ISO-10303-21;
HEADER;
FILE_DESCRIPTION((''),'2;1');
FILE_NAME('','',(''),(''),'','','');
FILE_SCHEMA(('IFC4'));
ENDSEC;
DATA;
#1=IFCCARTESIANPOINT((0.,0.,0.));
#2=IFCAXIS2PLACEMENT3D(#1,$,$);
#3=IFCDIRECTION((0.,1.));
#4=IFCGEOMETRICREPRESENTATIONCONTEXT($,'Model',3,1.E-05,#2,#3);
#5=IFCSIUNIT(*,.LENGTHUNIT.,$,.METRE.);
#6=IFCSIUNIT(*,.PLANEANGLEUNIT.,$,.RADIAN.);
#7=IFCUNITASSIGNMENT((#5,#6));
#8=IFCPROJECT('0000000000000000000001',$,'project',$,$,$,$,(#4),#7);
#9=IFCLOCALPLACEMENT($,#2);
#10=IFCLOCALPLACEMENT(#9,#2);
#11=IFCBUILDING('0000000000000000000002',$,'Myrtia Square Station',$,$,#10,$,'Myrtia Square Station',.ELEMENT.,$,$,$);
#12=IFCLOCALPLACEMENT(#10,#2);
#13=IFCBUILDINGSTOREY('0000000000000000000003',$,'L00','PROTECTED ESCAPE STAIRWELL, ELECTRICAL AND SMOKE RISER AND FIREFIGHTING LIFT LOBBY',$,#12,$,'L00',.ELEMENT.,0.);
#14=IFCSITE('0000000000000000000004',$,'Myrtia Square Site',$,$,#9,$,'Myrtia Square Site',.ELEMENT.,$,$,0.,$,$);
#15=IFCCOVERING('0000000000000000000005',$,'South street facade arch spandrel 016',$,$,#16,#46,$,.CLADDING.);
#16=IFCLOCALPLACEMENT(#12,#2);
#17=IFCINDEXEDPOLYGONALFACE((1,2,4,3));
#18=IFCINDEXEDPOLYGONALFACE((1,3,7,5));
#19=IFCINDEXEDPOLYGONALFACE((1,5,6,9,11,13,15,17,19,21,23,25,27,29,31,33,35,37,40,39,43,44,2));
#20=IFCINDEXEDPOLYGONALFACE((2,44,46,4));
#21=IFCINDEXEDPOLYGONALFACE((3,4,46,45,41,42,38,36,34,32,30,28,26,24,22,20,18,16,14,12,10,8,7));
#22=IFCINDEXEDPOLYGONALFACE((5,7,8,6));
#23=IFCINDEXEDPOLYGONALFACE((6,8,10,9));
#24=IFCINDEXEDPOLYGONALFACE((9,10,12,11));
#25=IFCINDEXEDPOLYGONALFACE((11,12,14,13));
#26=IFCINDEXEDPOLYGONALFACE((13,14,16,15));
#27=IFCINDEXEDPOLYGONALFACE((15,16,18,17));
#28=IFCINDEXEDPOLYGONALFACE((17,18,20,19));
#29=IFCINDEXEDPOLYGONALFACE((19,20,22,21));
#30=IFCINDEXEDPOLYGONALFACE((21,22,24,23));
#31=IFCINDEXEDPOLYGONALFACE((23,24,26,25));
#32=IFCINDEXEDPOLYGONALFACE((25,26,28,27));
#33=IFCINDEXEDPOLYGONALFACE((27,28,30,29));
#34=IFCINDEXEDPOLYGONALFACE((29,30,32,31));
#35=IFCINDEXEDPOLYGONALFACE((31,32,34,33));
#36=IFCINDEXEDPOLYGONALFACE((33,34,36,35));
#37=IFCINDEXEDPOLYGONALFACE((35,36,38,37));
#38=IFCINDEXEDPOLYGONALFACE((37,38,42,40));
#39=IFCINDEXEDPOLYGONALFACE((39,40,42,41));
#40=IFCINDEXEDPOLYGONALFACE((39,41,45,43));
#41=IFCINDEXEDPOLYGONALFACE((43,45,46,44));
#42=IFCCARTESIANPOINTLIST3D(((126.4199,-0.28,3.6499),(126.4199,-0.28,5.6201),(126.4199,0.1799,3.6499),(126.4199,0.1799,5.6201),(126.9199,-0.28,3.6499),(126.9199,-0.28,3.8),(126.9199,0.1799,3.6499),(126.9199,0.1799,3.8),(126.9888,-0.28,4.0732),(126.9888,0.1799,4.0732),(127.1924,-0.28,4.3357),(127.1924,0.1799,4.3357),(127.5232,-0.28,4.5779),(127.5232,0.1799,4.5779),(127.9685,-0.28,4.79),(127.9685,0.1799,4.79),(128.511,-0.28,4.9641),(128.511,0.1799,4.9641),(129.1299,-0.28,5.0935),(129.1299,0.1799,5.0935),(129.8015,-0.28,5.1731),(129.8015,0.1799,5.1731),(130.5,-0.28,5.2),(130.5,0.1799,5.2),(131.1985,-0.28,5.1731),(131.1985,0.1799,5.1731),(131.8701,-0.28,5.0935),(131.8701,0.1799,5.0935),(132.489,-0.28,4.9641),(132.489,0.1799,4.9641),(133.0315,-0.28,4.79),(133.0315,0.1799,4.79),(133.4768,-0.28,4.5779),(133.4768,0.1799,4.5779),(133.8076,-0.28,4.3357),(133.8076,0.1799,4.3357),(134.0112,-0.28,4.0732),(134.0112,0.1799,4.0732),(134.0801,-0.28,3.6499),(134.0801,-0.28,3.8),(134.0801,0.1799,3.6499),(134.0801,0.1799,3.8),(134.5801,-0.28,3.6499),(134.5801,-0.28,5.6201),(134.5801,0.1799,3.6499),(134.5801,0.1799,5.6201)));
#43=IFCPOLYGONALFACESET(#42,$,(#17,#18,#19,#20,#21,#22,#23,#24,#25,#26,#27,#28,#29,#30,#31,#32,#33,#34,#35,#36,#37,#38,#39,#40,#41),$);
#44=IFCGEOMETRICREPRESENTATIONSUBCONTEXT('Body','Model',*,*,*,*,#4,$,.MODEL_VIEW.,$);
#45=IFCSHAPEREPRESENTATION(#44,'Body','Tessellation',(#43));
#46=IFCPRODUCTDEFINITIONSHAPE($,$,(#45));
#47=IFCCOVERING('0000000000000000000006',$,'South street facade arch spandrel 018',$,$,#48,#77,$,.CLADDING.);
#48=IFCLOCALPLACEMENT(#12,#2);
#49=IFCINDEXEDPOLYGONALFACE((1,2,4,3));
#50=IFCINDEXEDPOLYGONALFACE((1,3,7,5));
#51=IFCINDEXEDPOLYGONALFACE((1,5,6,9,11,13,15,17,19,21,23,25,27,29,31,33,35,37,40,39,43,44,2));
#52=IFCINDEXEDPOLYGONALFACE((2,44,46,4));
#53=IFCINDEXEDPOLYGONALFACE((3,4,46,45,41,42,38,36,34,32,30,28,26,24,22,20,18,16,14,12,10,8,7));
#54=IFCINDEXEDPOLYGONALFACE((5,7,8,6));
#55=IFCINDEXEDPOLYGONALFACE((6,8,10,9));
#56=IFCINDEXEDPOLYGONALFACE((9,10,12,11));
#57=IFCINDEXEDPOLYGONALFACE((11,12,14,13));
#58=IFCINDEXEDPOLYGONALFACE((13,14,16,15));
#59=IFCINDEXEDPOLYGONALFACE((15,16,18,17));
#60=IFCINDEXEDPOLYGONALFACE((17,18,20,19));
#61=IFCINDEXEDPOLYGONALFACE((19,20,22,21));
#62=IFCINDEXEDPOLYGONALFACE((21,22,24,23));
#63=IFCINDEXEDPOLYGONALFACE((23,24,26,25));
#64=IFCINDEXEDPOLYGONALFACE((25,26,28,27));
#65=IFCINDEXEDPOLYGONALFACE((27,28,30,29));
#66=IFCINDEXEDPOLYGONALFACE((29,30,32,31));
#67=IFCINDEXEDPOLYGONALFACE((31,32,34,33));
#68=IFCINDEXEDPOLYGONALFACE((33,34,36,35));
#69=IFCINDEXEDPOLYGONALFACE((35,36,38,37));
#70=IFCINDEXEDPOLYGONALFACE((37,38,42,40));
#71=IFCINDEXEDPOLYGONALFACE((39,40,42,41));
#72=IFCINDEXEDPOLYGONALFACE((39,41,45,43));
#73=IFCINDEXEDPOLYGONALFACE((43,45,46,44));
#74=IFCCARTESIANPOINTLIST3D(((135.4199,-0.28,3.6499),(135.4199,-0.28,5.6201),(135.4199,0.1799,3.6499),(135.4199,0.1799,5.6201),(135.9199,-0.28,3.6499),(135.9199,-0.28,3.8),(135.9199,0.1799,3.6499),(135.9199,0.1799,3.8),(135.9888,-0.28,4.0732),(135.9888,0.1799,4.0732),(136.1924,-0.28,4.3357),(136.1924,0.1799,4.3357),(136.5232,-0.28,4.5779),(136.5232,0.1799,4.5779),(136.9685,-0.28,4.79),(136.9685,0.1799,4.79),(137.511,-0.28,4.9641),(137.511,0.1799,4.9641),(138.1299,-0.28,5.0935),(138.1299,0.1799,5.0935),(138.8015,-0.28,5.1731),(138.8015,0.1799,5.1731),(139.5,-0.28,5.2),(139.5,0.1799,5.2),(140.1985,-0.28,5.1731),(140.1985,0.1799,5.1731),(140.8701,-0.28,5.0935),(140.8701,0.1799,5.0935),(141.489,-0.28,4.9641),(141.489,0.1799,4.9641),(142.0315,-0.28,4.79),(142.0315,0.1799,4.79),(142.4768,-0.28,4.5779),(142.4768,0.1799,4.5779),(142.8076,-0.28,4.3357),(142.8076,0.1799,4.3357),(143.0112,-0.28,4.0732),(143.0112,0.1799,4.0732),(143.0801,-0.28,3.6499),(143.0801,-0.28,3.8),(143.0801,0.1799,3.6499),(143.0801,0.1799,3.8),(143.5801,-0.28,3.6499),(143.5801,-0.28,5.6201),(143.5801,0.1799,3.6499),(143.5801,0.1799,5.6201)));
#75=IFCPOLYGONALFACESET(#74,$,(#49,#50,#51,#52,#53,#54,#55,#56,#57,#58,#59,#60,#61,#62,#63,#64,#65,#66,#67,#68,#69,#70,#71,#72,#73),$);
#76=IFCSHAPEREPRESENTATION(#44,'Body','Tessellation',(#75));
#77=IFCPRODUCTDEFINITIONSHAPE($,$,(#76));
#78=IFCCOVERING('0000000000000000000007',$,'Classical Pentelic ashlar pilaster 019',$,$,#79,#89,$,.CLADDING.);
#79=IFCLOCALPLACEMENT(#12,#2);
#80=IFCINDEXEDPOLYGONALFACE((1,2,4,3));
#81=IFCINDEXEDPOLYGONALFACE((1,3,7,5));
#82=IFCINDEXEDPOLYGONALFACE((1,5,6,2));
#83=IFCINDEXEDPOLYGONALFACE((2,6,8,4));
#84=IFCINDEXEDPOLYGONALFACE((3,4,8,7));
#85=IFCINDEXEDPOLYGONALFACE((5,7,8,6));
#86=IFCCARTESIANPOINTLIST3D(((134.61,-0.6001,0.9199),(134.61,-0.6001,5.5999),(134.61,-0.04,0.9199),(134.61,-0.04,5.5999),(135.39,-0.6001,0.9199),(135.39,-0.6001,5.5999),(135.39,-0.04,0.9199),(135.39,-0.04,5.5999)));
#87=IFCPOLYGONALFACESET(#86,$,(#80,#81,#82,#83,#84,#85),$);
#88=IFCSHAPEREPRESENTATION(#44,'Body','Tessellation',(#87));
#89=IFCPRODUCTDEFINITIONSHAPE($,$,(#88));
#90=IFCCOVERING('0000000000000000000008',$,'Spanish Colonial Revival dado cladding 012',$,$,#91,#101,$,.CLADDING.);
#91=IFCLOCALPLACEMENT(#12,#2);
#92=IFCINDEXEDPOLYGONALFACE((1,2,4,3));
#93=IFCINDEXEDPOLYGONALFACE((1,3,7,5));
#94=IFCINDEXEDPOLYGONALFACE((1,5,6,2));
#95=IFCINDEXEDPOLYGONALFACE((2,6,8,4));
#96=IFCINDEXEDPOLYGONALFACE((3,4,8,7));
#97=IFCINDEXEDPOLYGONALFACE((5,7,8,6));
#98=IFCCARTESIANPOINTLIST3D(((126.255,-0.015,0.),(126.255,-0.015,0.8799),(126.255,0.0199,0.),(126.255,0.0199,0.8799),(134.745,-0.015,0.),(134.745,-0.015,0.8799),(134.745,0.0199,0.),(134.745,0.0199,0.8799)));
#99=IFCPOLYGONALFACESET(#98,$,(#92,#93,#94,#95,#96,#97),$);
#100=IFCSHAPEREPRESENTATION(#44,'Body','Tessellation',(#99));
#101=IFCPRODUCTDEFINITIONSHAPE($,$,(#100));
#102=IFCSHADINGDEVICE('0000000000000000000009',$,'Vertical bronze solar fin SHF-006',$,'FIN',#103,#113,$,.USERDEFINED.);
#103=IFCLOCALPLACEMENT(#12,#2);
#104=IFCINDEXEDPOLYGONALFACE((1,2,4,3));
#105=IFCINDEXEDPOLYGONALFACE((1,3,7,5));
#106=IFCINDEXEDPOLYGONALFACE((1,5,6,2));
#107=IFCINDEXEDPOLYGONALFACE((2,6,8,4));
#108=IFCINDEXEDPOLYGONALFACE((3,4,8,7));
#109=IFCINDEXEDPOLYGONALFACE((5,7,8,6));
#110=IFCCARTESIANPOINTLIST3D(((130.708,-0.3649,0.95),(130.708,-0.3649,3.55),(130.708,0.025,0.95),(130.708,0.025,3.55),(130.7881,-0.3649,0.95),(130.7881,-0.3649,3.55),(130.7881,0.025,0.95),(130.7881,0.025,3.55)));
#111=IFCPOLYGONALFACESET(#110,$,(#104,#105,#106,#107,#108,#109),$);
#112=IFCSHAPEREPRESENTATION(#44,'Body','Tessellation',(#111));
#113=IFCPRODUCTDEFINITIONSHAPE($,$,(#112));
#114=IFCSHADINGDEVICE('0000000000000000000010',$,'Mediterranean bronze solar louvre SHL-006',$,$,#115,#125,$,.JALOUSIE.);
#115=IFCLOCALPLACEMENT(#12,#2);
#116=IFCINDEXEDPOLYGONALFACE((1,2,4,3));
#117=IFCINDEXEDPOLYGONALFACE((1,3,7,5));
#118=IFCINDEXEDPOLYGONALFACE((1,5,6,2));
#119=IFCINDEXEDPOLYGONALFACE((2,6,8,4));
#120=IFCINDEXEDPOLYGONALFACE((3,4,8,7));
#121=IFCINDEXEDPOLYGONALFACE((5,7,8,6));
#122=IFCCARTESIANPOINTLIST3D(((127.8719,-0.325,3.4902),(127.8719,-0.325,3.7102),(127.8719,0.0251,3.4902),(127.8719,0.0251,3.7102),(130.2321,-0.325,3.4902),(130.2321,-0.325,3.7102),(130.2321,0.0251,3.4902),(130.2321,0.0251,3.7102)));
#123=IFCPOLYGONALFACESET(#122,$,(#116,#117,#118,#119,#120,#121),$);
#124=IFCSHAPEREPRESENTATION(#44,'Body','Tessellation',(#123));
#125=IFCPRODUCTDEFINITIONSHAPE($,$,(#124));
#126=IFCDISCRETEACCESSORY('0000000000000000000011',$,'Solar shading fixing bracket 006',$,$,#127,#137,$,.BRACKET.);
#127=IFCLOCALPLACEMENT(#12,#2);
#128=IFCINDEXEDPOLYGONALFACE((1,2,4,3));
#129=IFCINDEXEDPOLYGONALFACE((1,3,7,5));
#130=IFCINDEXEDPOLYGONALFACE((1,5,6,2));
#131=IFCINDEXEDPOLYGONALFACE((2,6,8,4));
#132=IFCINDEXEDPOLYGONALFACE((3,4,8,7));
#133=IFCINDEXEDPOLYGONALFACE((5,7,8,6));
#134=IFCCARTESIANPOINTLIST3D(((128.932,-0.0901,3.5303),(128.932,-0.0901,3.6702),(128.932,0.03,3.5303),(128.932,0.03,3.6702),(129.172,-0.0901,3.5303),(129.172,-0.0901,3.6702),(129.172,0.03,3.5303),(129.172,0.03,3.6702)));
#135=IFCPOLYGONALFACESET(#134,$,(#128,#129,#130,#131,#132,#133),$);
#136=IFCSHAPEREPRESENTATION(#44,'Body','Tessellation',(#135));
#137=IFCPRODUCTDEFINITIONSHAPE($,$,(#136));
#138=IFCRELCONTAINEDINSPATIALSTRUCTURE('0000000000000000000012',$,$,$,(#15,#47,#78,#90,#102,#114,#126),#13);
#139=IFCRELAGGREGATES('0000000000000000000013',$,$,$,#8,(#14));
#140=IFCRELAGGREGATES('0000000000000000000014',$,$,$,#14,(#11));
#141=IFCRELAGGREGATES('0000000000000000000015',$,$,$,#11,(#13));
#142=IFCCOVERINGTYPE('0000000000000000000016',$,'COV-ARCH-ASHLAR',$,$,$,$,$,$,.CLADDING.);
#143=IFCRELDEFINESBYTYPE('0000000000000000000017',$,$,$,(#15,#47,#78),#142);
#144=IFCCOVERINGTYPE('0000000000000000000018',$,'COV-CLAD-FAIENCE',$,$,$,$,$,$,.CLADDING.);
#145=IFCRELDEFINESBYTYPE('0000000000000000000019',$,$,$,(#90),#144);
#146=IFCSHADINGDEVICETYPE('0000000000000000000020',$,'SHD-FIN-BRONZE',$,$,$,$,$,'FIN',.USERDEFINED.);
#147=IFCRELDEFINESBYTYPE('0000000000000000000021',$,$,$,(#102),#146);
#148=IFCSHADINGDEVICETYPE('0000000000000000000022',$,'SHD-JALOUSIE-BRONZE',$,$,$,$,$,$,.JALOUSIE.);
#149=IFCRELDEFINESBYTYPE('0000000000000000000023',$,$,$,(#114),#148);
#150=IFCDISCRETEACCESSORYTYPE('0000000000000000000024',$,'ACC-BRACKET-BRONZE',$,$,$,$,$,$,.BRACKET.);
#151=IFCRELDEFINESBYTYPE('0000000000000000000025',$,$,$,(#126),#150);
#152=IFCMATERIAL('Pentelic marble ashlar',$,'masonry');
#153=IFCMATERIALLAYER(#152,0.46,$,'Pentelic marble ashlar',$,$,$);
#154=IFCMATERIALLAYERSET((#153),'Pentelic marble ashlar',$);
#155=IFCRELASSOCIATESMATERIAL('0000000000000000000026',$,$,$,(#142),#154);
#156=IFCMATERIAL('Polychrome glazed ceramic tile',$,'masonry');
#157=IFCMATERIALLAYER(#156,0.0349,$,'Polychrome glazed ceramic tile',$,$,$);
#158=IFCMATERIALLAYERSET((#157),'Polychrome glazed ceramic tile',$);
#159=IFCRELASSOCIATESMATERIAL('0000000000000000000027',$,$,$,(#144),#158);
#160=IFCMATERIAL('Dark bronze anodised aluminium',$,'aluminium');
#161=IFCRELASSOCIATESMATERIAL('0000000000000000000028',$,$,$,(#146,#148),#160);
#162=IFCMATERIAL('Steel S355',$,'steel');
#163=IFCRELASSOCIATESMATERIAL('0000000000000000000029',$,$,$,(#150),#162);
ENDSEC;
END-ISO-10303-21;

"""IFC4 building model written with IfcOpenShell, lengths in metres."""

from ifc_helpers import new_model, si_unit, direction, frame, origin, origin_2d, place, context, subcontext, project, spatial, polyline, rectangle, outline, extrude, material, layer, layer_set, type_object, element, save


model = new_model("IFC4")

# Units and contexts
model_context = context("Model", 3, precision=1e-05, world=origin(), true_north=direction((0.0, 1.0)))
body_context = subcontext(model_context, "Body", "Model", "MODEL_VIEW")
ifc_project = project(units=[si_unit("LENGTHUNIT", "METRE"), si_unit("PLANEANGLEUNIT", "RADIAN")], contexts=[model_context])

# Site, building, storey
site_placement = place(None, origin())
site = spatial("IfcSite", under=ifc_project, at=site_placement, Name="Myrtia Square Site", LongName="Myrtia Square Site", CompositionType="ELEMENT", RefElevation=0.0)
building_placement = place(site_placement, origin())
building = spatial("IfcBuilding", under=site, at=building_placement, Name="Myrtia Square Station", LongName="Myrtia Square Station", CompositionType="ELEMENT")
storey_placement = place(building_placement, origin())
storey = spatial("IfcBuildingStorey", under=building, at=storey_placement, Name="L00", Description="PROTECTED ESCAPE STAIRWELL, ELECTRICAL AND SMOKE RISER AND FIREFIGHTING LIFT LOBBY", LongName="L00", CompositionType="ELEMENT", Elevation=0.0)

# Shared definitions
ifc_material_1 = material(Name="Steel S355", Category="steel")

# Coverings
ifc_material_2 = material(Name="Pentelic marble ashlar", Category="masonry")
ifc_layer_1 = layer(ifc_material_2, 0.46, Name="Pentelic marble ashlar")
ifc_layer_set_1 = layer_set([ifc_layer_1], Name="Pentelic marble ashlar")
covering_type_1 = type_object("IfcCoveringType", Name="COV-ARCH-ASHLAR", PredefinedType="CLADDING", material=ifc_layer_set_1)
for number, where, z_axis, x_axis, name in (
    (1, (126.4199, -0.05, 3.6499), (0.0, 0.0, 1.0), (1.0, 0.0, 0.0), "South street facade arch spandrel 016"),
    (2, (135.4199, -0.05, 3.6499), (0.0, 0.0, 1.0), (1.0, 0.0, 0.0), "South street facade arch spandrel 018"),
):
    element("IfcCovering", number, at=place(storey_placement, frame(where, z_axis=z_axis, x_axis=x_axis)), inside=storey, type_object=covering_type_1, Name=name, PredefinedType="CLADDING", context=body_context, shape_type="SweptSolid", body=[
        extrude(outline(polyline([(0.0, 0.0), (0.5, 0.0), (0.5, 0.1501), (0.5688, 0.4233), (0.7725, 0.6858), (1.1033, 0.928), (1.5486, 1.1401), (2.0911, 1.3142), (2.71, 1.4436), (3.3816, 1.5232), (4.0801, 1.55), (4.7786, 1.5232), (5.4502, 1.4436), (6.0691, 1.3142), (6.6116, 1.1401), (7.0569, 0.928), (7.3877, 0.6858), (7.5913, 0.4233), (7.6602, 0.1501), (7.6602, 0.0), (8.1602, 0.0), (8.1602, 1.9702), (0.0, 1.9702), (0.0, 0.0)])), frame((0.0, 0.23, 0.0), z_axis=(0.0, -1.0, 0.0), x_axis=(1.0, 0.0, 0.0)), (0.0, 0.0, 1.0), 0.46),
    ])
covering_1_placement = place(storey_placement, frame((135.0, -0.3201, 0.9199), z_axis=(0.0, 0.0, 1.0), x_axis=(1.0, 0.0, 0.0)))
element("IfcCovering", 3, at=covering_1_placement, inside=storey, type_object=covering_type_1, Name="Classical Pentelic ashlar pilaster 019", PredefinedType="CLADDING", context=body_context, shape_type="SweptSolid", body=[
    extrude(rectangle(XDim=0.78, YDim=0.5601, at=origin_2d()), origin(), (0.0, 0.0, 1.0), 4.6799),
])
ifc_material_3 = material(Name="Polychrome glazed ceramic tile", Category="masonry")
ifc_layer_2 = layer(ifc_material_3, 0.0349, Name="Polychrome glazed ceramic tile")
ifc_layer_set_2 = layer_set([ifc_layer_2], Name="Polychrome glazed ceramic tile")
covering_type_2 = type_object("IfcCoveringType", Name="COV-CLAD-FAIENCE", PredefinedType="CLADDING", material=ifc_layer_set_2)
covering_2_placement = place(storey_placement, frame((130.5, 0.0024, 0.0), z_axis=(0.0, 0.0, 1.0), x_axis=(1.0, 0.0, 0.0)))
element("IfcCovering", 4, at=covering_2_placement, inside=storey, type_object=covering_type_2, Name="Spanish Colonial Revival dado cladding 012", PredefinedType="CLADDING", context=body_context, shape_type="SweptSolid", body=[
    extrude(rectangle(XDim=8.49, YDim=0.0349, at=origin_2d()), origin(), (0.0, 0.0, 1.0), 0.8799),
])

# Shading devices
ifc_material_4 = material(Name="Dark bronze anodised aluminium", Category="aluminium")
shading_device_type_1 = type_object("IfcShadingDeviceType", Name="SHD-FIN-BRONZE", ElementType="FIN", PredefinedType="USERDEFINED", material=ifc_material_4)
shading_device_1_placement = place(storey_placement, frame((130.748, -0.1699, 0.95), z_axis=(0.0, 0.0, 1.0), x_axis=(1.0, 0.0, 0.0)))
element("IfcShadingDevice", 5, at=shading_device_1_placement, inside=storey, type_object=shading_device_type_1, Name="Vertical bronze solar fin SHF-006", ObjectType="FIN", PredefinedType="USERDEFINED", context=body_context, shape_type="SweptSolid", body=[
    extrude(rectangle(XDim=0.0801, YDim=0.3899, at=origin_2d()), origin(), (0.0, 0.0, 1.0), 2.6001),
])
shading_device_type_2 = type_object("IfcShadingDeviceType", Name="SHD-JALOUSIE-BRONZE", PredefinedType="JALOUSIE", material=ifc_material_4)
shading_device_2_placement = place(storey_placement, frame((129.052, -0.1499, 3.4902), z_axis=(0.0, 0.0, 1.0), x_axis=(1.0, 0.0, 0.0)))
element("IfcShadingDevice", 6, at=shading_device_2_placement, inside=storey, type_object=shading_device_type_2, Name="Mediterranean bronze solar louvre SHL-006", PredefinedType="JALOUSIE", context=body_context, shape_type="SweptSolid", body=[
    extrude(rectangle(XDim=2.3601, YDim=0.3501, at=origin_2d()), origin(), (0.0, 0.0, 1.0), 0.22),
])

# Discrete accessory
discrete_accessory_type = type_object("IfcDiscreteAccessoryType", Name="ACC-BRACKET-BRONZE", PredefinedType="BRACKET", material=ifc_material_1)
discrete_accessory_placement = place(storey_placement, frame((129.052, -0.03, 3.5303), z_axis=(0.0, 0.0, 1.0), x_axis=(1.0, 0.0, 0.0)))
element("IfcDiscreteAccessory", 7, at=discrete_accessory_placement, inside=storey, type_object=discrete_accessory_type, Name="Solar shading fixing bracket 006", PredefinedType="BRACKET", context=body_context, shape_type="SweptSolid", body=[
    extrude(rectangle(XDim=0.24, YDim=0.1201, at=origin_2d()), origin(), (0.0, 0.0, 1.0), 0.1399),
])

save(model, "model.ifc")
